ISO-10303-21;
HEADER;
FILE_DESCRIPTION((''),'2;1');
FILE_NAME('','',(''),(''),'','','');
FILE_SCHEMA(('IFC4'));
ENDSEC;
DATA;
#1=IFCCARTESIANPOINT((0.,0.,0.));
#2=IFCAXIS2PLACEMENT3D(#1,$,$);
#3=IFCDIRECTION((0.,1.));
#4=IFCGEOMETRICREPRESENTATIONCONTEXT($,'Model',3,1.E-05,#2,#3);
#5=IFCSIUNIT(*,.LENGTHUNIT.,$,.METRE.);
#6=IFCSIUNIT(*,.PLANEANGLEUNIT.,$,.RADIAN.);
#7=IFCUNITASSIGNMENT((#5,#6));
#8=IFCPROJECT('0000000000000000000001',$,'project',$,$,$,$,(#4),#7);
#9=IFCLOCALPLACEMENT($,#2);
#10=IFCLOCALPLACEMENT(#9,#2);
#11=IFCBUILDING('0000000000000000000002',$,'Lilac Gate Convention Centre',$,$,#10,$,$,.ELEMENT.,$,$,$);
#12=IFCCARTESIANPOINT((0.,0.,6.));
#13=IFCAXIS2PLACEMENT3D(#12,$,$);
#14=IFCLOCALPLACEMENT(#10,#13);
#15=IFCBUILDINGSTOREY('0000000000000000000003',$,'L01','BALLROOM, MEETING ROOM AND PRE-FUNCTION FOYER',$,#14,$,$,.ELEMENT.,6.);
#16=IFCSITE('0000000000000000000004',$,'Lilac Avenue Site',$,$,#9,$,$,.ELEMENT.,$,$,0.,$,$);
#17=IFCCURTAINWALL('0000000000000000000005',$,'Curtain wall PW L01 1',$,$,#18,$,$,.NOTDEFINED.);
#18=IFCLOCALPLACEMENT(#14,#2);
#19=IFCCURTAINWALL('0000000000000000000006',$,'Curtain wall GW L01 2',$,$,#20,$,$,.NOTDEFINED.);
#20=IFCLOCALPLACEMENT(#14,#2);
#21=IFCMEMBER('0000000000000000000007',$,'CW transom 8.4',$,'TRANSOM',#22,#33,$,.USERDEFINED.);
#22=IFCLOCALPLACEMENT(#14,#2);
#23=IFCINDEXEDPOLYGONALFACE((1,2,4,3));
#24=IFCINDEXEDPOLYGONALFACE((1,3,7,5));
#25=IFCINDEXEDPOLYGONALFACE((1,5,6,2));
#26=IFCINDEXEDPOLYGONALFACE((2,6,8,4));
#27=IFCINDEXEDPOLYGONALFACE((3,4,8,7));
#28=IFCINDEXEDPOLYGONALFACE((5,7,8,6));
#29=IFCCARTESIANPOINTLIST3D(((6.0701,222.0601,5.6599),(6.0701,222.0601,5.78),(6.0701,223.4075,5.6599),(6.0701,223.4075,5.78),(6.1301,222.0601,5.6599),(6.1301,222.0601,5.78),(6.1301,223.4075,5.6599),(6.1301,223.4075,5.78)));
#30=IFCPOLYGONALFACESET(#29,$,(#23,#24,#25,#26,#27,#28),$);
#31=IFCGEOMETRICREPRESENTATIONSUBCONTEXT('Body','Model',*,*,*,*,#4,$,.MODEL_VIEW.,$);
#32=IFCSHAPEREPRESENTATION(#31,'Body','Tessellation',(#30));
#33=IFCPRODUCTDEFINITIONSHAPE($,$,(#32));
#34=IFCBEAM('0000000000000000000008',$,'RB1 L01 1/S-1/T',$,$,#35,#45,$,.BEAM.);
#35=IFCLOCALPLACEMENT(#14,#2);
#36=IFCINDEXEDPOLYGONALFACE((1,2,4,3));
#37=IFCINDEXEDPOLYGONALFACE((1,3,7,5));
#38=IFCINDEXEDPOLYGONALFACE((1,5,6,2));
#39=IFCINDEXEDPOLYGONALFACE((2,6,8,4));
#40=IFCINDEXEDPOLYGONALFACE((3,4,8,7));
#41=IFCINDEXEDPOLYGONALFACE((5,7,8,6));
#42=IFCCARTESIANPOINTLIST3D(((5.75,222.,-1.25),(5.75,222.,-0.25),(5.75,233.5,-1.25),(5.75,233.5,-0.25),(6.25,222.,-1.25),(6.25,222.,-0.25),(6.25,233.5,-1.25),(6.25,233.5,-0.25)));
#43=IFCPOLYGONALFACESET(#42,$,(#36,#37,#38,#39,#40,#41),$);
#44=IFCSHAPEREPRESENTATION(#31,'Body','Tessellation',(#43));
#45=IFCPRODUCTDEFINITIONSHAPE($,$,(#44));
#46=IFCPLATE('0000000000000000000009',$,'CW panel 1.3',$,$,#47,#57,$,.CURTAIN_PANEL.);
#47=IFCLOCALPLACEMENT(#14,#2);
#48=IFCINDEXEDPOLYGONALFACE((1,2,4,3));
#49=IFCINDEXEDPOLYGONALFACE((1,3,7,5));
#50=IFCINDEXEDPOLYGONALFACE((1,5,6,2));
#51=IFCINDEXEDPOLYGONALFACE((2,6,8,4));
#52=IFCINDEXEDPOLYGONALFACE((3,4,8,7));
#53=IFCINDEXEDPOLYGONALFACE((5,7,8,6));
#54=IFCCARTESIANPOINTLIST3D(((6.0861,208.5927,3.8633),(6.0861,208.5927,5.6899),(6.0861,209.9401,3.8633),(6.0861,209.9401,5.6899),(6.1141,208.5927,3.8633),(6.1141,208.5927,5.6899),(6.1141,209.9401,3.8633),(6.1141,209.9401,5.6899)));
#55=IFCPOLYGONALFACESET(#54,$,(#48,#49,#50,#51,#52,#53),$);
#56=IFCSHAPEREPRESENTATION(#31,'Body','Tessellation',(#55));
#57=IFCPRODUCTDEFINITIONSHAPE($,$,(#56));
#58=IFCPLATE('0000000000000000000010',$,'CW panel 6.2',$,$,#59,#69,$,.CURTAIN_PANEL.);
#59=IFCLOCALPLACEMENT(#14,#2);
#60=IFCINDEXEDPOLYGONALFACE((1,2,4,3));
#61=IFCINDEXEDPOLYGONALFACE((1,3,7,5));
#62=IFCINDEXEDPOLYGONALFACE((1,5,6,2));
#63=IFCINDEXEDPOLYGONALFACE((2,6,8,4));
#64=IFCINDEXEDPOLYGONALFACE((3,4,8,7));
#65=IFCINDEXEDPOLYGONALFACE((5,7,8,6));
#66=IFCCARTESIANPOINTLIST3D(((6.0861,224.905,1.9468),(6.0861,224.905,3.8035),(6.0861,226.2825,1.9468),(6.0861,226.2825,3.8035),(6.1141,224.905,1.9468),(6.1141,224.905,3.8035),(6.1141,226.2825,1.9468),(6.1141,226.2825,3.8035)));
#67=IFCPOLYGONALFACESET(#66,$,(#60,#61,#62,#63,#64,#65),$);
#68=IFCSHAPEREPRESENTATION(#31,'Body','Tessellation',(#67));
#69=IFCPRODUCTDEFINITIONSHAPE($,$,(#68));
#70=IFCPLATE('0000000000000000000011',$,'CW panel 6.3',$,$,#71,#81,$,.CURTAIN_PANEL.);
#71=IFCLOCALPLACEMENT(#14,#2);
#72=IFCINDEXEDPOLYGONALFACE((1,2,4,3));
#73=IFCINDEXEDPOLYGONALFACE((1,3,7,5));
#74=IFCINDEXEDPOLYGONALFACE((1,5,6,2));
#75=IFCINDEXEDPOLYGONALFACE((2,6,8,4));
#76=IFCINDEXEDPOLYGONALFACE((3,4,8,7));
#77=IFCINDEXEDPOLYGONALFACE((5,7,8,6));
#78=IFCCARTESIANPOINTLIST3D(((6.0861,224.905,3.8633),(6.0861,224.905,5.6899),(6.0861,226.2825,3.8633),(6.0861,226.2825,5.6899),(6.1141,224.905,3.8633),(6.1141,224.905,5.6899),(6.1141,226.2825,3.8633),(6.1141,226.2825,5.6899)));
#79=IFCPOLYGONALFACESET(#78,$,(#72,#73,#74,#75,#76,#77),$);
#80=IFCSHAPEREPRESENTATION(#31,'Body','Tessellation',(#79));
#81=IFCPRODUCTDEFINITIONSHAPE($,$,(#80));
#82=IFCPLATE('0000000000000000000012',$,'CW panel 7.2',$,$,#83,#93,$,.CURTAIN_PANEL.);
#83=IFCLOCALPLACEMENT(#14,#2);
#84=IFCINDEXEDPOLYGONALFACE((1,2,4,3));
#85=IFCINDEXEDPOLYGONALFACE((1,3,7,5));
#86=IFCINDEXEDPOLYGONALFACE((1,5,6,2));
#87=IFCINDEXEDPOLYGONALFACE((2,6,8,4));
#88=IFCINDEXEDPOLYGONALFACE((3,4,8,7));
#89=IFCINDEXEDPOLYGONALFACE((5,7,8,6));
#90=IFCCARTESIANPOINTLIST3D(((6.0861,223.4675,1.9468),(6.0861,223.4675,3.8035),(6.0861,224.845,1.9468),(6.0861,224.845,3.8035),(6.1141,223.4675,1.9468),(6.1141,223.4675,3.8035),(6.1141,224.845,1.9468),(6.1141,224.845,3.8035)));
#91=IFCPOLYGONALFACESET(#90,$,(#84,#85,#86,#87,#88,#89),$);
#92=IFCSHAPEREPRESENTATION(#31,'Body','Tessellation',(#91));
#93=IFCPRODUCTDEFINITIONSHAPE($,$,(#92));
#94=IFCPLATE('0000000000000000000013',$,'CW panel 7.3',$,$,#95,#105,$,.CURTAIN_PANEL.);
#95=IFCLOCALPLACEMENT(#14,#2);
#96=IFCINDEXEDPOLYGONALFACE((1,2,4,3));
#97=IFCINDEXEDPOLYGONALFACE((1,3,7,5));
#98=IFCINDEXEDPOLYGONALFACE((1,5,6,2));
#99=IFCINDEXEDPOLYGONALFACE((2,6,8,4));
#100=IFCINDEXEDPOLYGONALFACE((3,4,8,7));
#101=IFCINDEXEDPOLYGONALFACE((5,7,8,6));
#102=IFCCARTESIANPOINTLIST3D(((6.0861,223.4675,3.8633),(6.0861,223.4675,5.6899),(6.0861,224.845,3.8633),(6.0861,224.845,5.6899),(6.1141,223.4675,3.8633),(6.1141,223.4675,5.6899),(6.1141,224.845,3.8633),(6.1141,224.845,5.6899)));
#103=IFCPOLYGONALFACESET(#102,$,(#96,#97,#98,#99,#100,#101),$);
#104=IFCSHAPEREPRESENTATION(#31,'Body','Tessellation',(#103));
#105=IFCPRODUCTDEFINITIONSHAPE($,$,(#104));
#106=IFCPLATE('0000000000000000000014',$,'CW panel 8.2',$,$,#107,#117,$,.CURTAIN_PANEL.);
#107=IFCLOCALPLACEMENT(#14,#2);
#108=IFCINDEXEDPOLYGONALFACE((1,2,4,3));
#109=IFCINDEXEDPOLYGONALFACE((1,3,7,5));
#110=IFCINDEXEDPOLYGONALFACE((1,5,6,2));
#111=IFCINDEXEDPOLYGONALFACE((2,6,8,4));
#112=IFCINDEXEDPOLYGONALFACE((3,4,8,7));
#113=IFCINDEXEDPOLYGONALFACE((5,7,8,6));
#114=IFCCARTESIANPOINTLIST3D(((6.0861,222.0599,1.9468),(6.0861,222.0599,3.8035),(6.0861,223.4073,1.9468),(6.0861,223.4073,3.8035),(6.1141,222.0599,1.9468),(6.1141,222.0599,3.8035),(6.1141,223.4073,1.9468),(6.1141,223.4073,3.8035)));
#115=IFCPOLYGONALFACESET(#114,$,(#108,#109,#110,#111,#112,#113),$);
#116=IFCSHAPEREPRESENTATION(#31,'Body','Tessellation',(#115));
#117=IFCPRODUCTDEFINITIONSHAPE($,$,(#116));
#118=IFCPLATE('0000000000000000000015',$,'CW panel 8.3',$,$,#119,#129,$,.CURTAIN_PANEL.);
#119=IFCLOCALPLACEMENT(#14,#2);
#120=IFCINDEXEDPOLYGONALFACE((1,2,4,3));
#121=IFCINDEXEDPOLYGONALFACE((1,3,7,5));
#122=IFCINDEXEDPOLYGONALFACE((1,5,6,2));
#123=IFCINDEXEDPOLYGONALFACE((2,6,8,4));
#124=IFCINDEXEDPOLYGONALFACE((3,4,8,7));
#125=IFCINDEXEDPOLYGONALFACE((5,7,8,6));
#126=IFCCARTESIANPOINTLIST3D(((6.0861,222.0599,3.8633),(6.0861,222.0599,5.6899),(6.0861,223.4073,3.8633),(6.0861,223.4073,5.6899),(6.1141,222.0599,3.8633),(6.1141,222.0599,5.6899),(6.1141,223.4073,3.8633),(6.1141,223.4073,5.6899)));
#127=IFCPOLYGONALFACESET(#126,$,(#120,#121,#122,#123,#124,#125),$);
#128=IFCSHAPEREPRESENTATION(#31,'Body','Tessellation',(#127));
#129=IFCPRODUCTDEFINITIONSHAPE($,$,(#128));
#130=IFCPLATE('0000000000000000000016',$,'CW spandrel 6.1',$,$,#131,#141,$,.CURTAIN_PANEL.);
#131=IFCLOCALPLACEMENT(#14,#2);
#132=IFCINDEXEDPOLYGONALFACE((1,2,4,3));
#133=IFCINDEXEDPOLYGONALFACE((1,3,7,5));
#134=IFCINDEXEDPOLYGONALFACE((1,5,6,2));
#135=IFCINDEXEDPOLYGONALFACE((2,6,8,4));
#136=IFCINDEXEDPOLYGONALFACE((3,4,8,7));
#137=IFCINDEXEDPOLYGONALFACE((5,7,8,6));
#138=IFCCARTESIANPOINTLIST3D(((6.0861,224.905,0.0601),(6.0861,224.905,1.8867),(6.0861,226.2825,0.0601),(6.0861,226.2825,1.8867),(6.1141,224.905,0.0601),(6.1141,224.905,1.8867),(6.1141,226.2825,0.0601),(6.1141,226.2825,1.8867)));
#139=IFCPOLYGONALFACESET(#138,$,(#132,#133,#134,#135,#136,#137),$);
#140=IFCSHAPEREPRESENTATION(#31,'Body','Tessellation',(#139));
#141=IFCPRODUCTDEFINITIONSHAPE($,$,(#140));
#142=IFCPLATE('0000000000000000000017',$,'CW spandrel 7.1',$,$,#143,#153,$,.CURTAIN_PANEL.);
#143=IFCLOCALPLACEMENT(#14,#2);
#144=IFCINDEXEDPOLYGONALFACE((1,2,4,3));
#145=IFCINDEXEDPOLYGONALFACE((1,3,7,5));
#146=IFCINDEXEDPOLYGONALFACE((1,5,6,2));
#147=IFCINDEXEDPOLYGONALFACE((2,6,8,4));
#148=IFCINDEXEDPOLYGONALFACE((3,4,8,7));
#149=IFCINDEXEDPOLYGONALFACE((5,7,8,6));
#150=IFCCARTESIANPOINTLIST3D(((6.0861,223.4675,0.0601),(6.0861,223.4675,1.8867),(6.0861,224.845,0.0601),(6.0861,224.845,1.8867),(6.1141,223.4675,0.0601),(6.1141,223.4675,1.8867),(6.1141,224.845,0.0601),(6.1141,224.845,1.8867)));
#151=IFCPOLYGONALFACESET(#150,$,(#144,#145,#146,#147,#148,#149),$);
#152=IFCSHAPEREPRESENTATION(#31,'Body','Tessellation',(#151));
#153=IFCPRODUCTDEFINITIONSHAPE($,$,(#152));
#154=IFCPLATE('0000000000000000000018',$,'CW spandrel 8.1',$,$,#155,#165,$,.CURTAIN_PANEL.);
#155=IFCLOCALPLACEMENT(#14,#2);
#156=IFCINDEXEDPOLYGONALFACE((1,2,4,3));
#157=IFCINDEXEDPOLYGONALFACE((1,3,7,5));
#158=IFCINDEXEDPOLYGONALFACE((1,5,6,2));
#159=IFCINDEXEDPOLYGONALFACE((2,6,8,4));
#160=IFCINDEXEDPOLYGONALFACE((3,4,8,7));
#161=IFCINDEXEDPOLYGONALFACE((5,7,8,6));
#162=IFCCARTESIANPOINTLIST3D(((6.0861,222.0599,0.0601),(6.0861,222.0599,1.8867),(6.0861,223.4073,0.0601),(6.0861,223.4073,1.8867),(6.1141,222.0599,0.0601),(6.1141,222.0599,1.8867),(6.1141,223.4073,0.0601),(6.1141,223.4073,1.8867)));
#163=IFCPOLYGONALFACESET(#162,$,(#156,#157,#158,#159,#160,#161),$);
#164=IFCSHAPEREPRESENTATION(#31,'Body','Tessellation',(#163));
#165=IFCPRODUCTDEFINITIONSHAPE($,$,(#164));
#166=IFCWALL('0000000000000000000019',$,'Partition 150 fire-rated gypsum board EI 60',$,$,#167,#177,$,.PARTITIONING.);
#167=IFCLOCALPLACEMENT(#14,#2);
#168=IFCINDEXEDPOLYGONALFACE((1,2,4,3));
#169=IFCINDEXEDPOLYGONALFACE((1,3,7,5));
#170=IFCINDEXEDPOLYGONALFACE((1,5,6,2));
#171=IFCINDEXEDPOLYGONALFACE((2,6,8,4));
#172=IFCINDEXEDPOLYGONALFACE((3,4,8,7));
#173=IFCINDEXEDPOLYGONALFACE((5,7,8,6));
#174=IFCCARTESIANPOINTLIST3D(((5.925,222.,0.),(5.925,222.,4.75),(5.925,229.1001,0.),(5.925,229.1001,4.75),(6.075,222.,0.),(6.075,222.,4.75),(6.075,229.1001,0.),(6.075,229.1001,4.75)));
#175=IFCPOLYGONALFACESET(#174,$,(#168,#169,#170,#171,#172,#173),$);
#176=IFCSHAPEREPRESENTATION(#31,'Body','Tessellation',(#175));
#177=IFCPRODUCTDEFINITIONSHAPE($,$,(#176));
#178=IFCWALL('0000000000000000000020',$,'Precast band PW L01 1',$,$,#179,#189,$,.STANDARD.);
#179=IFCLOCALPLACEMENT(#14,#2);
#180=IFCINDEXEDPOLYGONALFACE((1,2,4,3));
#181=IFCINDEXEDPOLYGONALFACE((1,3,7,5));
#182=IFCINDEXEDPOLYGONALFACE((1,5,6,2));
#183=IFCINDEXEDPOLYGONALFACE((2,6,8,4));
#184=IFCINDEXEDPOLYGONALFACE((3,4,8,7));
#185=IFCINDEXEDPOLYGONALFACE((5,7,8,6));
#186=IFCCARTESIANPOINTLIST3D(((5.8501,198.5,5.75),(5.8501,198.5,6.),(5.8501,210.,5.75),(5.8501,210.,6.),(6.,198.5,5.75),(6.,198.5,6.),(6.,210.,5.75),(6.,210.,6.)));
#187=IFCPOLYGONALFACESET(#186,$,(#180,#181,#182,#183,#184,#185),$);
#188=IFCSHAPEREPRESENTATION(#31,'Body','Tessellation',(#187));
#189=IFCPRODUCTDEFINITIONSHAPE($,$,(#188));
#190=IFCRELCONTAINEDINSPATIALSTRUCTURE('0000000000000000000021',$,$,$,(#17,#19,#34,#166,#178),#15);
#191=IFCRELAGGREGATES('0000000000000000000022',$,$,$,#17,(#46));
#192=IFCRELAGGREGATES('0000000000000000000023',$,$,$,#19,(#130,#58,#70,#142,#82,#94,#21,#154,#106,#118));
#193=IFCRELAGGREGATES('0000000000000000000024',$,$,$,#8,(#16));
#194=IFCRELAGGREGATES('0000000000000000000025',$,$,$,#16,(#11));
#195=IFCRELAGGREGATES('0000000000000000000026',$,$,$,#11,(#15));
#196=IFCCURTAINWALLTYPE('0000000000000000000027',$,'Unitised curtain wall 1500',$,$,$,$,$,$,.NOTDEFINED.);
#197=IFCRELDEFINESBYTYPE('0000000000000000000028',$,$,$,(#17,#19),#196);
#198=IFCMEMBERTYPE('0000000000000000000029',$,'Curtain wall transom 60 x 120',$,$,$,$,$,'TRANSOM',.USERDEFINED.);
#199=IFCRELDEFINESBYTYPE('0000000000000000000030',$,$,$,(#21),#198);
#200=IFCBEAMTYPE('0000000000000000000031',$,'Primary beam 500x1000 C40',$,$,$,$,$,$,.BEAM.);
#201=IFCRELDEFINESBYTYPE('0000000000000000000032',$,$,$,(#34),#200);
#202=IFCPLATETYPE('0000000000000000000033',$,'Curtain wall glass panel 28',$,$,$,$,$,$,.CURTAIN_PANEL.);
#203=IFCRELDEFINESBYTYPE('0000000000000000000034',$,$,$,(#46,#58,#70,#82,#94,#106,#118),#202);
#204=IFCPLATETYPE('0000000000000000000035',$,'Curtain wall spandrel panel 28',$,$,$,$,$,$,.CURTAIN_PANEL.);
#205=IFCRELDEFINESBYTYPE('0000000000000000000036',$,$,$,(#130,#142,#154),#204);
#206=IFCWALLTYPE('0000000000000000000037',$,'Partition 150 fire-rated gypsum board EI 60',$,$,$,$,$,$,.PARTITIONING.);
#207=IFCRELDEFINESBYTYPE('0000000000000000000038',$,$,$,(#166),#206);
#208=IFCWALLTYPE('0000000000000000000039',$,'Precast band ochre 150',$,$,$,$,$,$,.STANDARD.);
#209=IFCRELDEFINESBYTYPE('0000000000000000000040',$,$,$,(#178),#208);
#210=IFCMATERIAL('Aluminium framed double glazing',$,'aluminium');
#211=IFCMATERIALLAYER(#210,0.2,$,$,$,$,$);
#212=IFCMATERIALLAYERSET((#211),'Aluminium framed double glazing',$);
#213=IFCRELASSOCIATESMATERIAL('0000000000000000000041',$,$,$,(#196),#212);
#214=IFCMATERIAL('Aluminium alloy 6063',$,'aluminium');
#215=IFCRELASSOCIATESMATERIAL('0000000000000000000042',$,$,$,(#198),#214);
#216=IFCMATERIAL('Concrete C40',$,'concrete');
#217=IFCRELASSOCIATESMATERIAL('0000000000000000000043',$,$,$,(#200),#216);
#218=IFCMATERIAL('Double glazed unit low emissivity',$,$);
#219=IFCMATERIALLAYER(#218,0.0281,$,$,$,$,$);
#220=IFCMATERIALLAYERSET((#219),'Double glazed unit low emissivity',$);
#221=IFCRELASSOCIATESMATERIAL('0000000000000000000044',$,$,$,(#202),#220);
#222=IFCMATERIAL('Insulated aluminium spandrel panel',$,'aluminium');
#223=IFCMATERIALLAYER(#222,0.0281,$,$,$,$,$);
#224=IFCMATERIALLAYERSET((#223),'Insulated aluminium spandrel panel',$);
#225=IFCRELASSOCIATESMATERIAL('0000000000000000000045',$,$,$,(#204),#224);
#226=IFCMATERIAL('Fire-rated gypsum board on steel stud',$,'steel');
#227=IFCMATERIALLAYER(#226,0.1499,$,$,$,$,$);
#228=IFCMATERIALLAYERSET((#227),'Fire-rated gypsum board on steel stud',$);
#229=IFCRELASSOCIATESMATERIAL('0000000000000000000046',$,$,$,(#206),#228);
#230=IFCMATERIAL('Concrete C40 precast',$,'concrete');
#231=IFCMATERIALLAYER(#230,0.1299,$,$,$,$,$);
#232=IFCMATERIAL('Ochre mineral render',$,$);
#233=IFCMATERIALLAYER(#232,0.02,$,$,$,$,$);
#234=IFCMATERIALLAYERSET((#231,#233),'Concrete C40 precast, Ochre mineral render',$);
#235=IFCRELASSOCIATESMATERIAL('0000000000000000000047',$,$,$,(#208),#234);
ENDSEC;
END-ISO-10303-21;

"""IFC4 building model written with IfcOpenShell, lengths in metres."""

from ifc_helpers import new_model, si_unit, direction, frame, frame_2d, origin, origin_2d, place, context, subcontext, project, spatial, rectangle, extrude, material, layer, layer_set, material_profile, profile_set, type_object, element, aggregate, save


model = new_model("IFC4")

# Units and contexts
model_context = context("Model", 3, precision=1e-05, world=origin(), true_north=direction((0.0, 1.0)))
body_context = subcontext(model_context, "Body", "Model", "MODEL_VIEW")
ifc_project = project(units=[si_unit("LENGTHUNIT", "METRE"), si_unit("PLANEANGLEUNIT", "RADIAN")], contexts=[model_context])

# Site, building, storey
site_placement = place(None, origin())
site = spatial("IfcSite", under=ifc_project, at=site_placement, Name="Lilac Avenue Site", CompositionType="ELEMENT", RefElevation=0.0)
building_placement = place(site_placement, origin())
building = spatial("IfcBuilding", under=site, at=building_placement, Name="Lilac Gate Convention Centre", CompositionType="ELEMENT")
storey_placement = place(building_placement, frame((0.0, 0.0, 6.0)))
storey = spatial("IfcBuildingStorey", under=building, at=storey_placement, Name="L01", Description="BALLROOM, MEETING ROOM AND PRE-FUNCTION FOYER", CompositionType="ELEMENT", Elevation=6.0)

# Curtain wall
ifc_material_1 = material(Name="Aluminium framed double glazing", Category="aluminium")
ifc_layer_1 = layer(ifc_material_1, 0.2)
ifc_layer_set_1 = layer_set([ifc_layer_1], Name="Aluminium framed double glazing")
curtain_wall_type = type_object("IfcCurtainWallType", Name="Unitised curtain wall 1500", PredefinedType="NOTDEFINED", material=ifc_layer_set_1)
curtain_wall_1_placement = place(storey_placement, origin())
curtain_wall_1 = element("IfcCurtainWall", 1, at=curtain_wall_1_placement, inside=storey, type_object=curtain_wall_type, Name="Curtain wall PW L01 1", PredefinedType="NOTDEFINED")
ifc_material_2 = material(Name="Aluminium alloy 6063", Category="aluminium")

# Curtain wall
curtain_wall_2_placement = place(storey_placement, origin())
curtain_wall_2 = element("IfcCurtainWall", 2, at=curtain_wall_2_placement, inside=storey, type_object=curtain_wall_type, Name="Curtain wall GW L01 2", PredefinedType="NOTDEFINED")

# Member
ifc_material_profile_1 = material_profile(ifc_material_2, rectangle(XDim=0.0601, YDim=0.1201, at=origin_2d()), Name="Curtain wall transom 60 x 120")
ifc_profile_set_1 = profile_set([ifc_material_profile_1], Name="Aluminium alloy 6063")
member_type_1 = type_object("IfcMemberType", Name="Curtain wall transom 60 x 120", ElementType="TRANSOM", PredefinedType="USERDEFINED", material=ifc_profile_set_1)
member_1_placement = place(storey_placement, frame((6.1001, 223.4075, 5.72), z_axis=(0.0, -1.0, 0.0), x_axis=(1.0, 0.0, 0.0)))
member_1 = element("IfcMember", 3, at=member_1_placement, type_object=member_type_1, Name="CW transom 8.4", ObjectType="TRANSOM", PredefinedType="USERDEFINED", context=body_context, shape_type="SweptSolid", body=[
    extrude(rectangle(XDim=0.0601, YDim=0.1201, at=origin_2d()), origin(), (0.0, 0.0, 1.0), 1.3474),
])

# Beam
ifc_material_3 = material(Name="Concrete C40", Category="concrete")
ifc_material_profile_2 = material_profile(ifc_material_3, rectangle(XDim=0.5, YDim=1.0, at=origin_2d()), Name="RC 500x1000")
ifc_profile_set_2 = profile_set([ifc_material_profile_2], Name="Concrete C40")
beam_type = type_object("IfcBeamType", Name="Primary beam 500x1000 C40", PredefinedType="BEAM", material=ifc_profile_set_2)
beam_placement = place(storey_placement, frame((6.0, 222.0, -0.75), z_axis=(0.0, 1.0, 0.0), x_axis=(-1.0, 0.0, 0.0)))
element("IfcBeam", 4, at=beam_placement, inside=storey, type_object=beam_type, Name="RB1 L01 1/S-1/T", PredefinedType="BEAM", context=body_context, shape_type="SweptSolid", body=[
    extrude(rectangle(XDim=0.5, YDim=1.0, at=origin_2d()), origin(), (0.0, 0.0, 1.0), 11.5),
])

# Plates
ifc_material_4 = material(Name="Double glazed unit low emissivity")
ifc_layer_2 = layer(ifc_material_4, 0.0281)
ifc_layer_set_2 = layer_set([ifc_layer_2], Name="Double glazed unit low emissivity")
plate_type_1 = type_object("IfcPlateType", Name="Curtain wall glass panel 28", PredefinedType="CURTAIN_PANEL", material=ifc_layer_set_2)
plate_1_placement = place(storey_placement, frame((6.1001, 209.2664, 3.8633), z_axis=(0.0, 0.0, 1.0), x_axis=(0.0, -1.0, 0.0)))
plate_1 = element("IfcPlate", 5, at=plate_1_placement, type_object=plate_type_1, Name="CW panel 1.3", PredefinedType="CURTAIN_PANEL", context=body_context, shape_type="SweptSolid", body=[
    extrude(rectangle(XDim=1.3474, YDim=0.0281, at=origin_2d()), origin(), (0.0, 0.0, 1.0), 1.8267),
])
aggregate(curtain_wall_1, [plate_1])
plate_2_placement = place(storey_placement, frame((6.1001, 225.5938, 1.9468), z_axis=(0.0, 0.0, 1.0), x_axis=(0.0, -1.0, 0.0)))
plate_2 = element("IfcPlate", 6, at=plate_2_placement, type_object=plate_type_1, Name="CW panel 6.2", PredefinedType="CURTAIN_PANEL", context=body_context, shape_type="SweptSolid", body=[
    extrude(rectangle(XDim=1.3774, YDim=0.0281, at=origin_2d()), origin(), (0.0, 0.0, 1.0), 1.8567),
])
plate_3_placement = place(storey_placement, frame((6.1001, 225.5938, 3.8633), z_axis=(0.0, 0.0, 1.0), x_axis=(0.0, -1.0, 0.0)))
plate_3 = element("IfcPlate", 7, at=plate_3_placement, type_object=plate_type_1, Name="CW panel 6.3", PredefinedType="CURTAIN_PANEL", context=body_context, shape_type="SweptSolid", body=[
    extrude(rectangle(XDim=1.3774, YDim=0.0281, at=origin_2d()), origin(), (0.0, 0.0, 1.0), 1.8267),
])
plate_4_placement = place(storey_placement, frame((6.1001, 224.1562, 1.9468), z_axis=(0.0, 0.0, 1.0), x_axis=(0.0, -1.0, 0.0)))
plate_4 = element("IfcPlate", 8, at=plate_4_placement, type_object=plate_type_1, Name="CW panel 7.2", PredefinedType="CURTAIN_PANEL", context=body_context, shape_type="SweptSolid", body=[
    extrude(rectangle(XDim=1.3774, YDim=0.0281, at=origin_2d()), origin(), (0.0, 0.0, 1.0), 1.8567),
])
plate_5_placement = place(storey_placement, frame((6.1001, 224.1562, 3.8633), z_axis=(0.0, 0.0, 1.0), x_axis=(0.0, -1.0, 0.0)))
plate_5 = element("IfcPlate", 9, at=plate_5_placement, type_object=plate_type_1, Name="CW panel 7.3", PredefinedType="CURTAIN_PANEL", context=body_context, shape_type="SweptSolid", body=[
    extrude(rectangle(XDim=1.3774, YDim=0.0281, at=origin_2d()), origin(), (0.0, 0.0, 1.0), 1.8267),
])
plate_6_placement = place(storey_placement, frame((6.1001, 222.7336, 1.9468), z_axis=(0.0, 0.0, 1.0), x_axis=(0.0, -1.0, 0.0)))
plate_6 = element("IfcPlate", 10, at=plate_6_placement, type_object=plate_type_1, Name="CW panel 8.2", PredefinedType="CURTAIN_PANEL", context=body_context, shape_type="SweptSolid", body=[
    extrude(rectangle(XDim=1.3474, YDim=0.0281, at=origin_2d()), origin(), (0.0, 0.0, 1.0), 1.8567),
])
plate_7_placement = place(storey_placement, frame((6.1001, 222.7336, 3.8633), z_axis=(0.0, 0.0, 1.0), x_axis=(0.0, -1.0, 0.0)))
plate_7 = element("IfcPlate", 11, at=plate_7_placement, type_object=plate_type_1, Name="CW panel 8.3", PredefinedType="CURTAIN_PANEL", context=body_context, shape_type="SweptSolid", body=[
    extrude(rectangle(XDim=1.3474, YDim=0.0281, at=origin_2d()), origin(), (0.0, 0.0, 1.0), 1.8267),
])
ifc_material_5 = material(Name="Insulated aluminium spandrel panel", Category="aluminium")
ifc_layer_3 = layer(ifc_material_5, 0.0281)
ifc_layer_set_3 = layer_set([ifc_layer_3], Name="Insulated aluminium spandrel panel")
plate_type_2 = type_object("IfcPlateType", Name="Curtain wall spandrel panel 28", PredefinedType="CURTAIN_PANEL", material=ifc_layer_set_3)
plate_8_placement = place(storey_placement, frame((6.1001, 225.5938, 0.0601), z_axis=(0.0, 0.0, 1.0), x_axis=(0.0, -1.0, 0.0)))
plate_8 = element("IfcPlate", 12, at=plate_8_placement, type_object=plate_type_2, Name="CW spandrel 6.1", PredefinedType="CURTAIN_PANEL", context=body_context, shape_type="SweptSolid", body=[
    extrude(rectangle(XDim=1.3774, YDim=0.0281, at=origin_2d()), origin(), (0.0, 0.0, 1.0), 1.8267),
])
plate_9_placement = place(storey_placement, frame((6.1001, 224.1562, 0.0601), z_axis=(0.0, 0.0, 1.0), x_axis=(0.0, -1.0, 0.0)))
plate_9 = element("IfcPlate", 13, at=plate_9_placement, type_object=plate_type_2, Name="CW spandrel 7.1", PredefinedType="CURTAIN_PANEL", context=body_context, shape_type="SweptSolid", body=[
    extrude(rectangle(XDim=1.3774, YDim=0.0281, at=origin_2d()), origin(), (0.0, 0.0, 1.0), 1.8267),
])
plate_10_placement = place(storey_placement, frame((6.1001, 222.7336, 0.0601), z_axis=(0.0, 0.0, 1.0), x_axis=(0.0, -1.0, 0.0)))
plate_10 = element("IfcPlate", 14, at=plate_10_placement, type_object=plate_type_2, Name="CW spandrel 8.1", PredefinedType="CURTAIN_PANEL", context=body_context, shape_type="SweptSolid", body=[
    extrude(rectangle(XDim=1.3474, YDim=0.0281, at=origin_2d()), origin(), (0.0, 0.0, 1.0), 1.8267),
])
aggregate(curtain_wall_2, [plate_8, plate_2, plate_3, plate_9, plate_4, plate_5, member_1, plate_10, plate_6, plate_7])

# Walls
ifc_material_6 = material(Name="Fire-rated gypsum board on steel stud", Category="steel")
ifc_layer_4 = layer(ifc_material_6, 0.1499)
ifc_layer_set_4 = layer_set([ifc_layer_4], Name="Fire-rated gypsum board on steel stud")
wall_type_1 = type_object("IfcWallType", Name="Partition 150 fire-rated gypsum board EI 60", PredefinedType="PARTITIONING", material=ifc_layer_set_4)
wall_1_placement = place(storey_placement, frame((6.0, 222.0, 0.0), z_axis=(0.0, 0.0, 1.0), x_axis=(0.0, 1.0, 0.0)))
element("IfcWall", 15, at=wall_1_placement, inside=storey, type_object=wall_type_1, Name="Partition 150 fire-rated gypsum board EI 60", PredefinedType="PARTITIONING", context=body_context, shape_type="SweptSolid", body=[
    extrude(rectangle(XDim=7.1001, YDim=0.1499, at=frame_2d((3.55, 0.0))), origin(), (0.0, 0.0, 1.0), 4.75),
])
ifc_material_7 = material(Name="Concrete C40 precast", Category="concrete")
ifc_layer_5 = layer(ifc_material_7, 0.1299)
ifc_material_8 = material(Name="Ochre mineral render")
ifc_layer_6 = layer(ifc_material_8, 0.02)
ifc_layer_set_5 = layer_set([ifc_layer_5, ifc_layer_6], Name="Concrete C40 precast, Ochre mineral render")
wall_type_2 = type_object("IfcWallType", Name="Precast band ochre 150", PredefinedType="STANDARD", material=ifc_layer_set_5)
wall_2_placement = place(storey_placement, frame((5.925, 210.0, 5.75), z_axis=(0.0, 0.0, 1.0), x_axis=(0.0, -1.0, 0.0)))
element("IfcWall", 16, at=wall_2_placement, inside=storey, type_object=wall_type_2, Name="Precast band PW L01 1", PredefinedType="STANDARD", context=body_context, shape_type="SweptSolid", body=[
    extrude(rectangle(XDim=11.5, YDim=0.1499, at=frame_2d((5.75, 0.0))), origin(), (0.0, 0.0, 1.0), 0.25),
])

save(model, "model.ifc")
